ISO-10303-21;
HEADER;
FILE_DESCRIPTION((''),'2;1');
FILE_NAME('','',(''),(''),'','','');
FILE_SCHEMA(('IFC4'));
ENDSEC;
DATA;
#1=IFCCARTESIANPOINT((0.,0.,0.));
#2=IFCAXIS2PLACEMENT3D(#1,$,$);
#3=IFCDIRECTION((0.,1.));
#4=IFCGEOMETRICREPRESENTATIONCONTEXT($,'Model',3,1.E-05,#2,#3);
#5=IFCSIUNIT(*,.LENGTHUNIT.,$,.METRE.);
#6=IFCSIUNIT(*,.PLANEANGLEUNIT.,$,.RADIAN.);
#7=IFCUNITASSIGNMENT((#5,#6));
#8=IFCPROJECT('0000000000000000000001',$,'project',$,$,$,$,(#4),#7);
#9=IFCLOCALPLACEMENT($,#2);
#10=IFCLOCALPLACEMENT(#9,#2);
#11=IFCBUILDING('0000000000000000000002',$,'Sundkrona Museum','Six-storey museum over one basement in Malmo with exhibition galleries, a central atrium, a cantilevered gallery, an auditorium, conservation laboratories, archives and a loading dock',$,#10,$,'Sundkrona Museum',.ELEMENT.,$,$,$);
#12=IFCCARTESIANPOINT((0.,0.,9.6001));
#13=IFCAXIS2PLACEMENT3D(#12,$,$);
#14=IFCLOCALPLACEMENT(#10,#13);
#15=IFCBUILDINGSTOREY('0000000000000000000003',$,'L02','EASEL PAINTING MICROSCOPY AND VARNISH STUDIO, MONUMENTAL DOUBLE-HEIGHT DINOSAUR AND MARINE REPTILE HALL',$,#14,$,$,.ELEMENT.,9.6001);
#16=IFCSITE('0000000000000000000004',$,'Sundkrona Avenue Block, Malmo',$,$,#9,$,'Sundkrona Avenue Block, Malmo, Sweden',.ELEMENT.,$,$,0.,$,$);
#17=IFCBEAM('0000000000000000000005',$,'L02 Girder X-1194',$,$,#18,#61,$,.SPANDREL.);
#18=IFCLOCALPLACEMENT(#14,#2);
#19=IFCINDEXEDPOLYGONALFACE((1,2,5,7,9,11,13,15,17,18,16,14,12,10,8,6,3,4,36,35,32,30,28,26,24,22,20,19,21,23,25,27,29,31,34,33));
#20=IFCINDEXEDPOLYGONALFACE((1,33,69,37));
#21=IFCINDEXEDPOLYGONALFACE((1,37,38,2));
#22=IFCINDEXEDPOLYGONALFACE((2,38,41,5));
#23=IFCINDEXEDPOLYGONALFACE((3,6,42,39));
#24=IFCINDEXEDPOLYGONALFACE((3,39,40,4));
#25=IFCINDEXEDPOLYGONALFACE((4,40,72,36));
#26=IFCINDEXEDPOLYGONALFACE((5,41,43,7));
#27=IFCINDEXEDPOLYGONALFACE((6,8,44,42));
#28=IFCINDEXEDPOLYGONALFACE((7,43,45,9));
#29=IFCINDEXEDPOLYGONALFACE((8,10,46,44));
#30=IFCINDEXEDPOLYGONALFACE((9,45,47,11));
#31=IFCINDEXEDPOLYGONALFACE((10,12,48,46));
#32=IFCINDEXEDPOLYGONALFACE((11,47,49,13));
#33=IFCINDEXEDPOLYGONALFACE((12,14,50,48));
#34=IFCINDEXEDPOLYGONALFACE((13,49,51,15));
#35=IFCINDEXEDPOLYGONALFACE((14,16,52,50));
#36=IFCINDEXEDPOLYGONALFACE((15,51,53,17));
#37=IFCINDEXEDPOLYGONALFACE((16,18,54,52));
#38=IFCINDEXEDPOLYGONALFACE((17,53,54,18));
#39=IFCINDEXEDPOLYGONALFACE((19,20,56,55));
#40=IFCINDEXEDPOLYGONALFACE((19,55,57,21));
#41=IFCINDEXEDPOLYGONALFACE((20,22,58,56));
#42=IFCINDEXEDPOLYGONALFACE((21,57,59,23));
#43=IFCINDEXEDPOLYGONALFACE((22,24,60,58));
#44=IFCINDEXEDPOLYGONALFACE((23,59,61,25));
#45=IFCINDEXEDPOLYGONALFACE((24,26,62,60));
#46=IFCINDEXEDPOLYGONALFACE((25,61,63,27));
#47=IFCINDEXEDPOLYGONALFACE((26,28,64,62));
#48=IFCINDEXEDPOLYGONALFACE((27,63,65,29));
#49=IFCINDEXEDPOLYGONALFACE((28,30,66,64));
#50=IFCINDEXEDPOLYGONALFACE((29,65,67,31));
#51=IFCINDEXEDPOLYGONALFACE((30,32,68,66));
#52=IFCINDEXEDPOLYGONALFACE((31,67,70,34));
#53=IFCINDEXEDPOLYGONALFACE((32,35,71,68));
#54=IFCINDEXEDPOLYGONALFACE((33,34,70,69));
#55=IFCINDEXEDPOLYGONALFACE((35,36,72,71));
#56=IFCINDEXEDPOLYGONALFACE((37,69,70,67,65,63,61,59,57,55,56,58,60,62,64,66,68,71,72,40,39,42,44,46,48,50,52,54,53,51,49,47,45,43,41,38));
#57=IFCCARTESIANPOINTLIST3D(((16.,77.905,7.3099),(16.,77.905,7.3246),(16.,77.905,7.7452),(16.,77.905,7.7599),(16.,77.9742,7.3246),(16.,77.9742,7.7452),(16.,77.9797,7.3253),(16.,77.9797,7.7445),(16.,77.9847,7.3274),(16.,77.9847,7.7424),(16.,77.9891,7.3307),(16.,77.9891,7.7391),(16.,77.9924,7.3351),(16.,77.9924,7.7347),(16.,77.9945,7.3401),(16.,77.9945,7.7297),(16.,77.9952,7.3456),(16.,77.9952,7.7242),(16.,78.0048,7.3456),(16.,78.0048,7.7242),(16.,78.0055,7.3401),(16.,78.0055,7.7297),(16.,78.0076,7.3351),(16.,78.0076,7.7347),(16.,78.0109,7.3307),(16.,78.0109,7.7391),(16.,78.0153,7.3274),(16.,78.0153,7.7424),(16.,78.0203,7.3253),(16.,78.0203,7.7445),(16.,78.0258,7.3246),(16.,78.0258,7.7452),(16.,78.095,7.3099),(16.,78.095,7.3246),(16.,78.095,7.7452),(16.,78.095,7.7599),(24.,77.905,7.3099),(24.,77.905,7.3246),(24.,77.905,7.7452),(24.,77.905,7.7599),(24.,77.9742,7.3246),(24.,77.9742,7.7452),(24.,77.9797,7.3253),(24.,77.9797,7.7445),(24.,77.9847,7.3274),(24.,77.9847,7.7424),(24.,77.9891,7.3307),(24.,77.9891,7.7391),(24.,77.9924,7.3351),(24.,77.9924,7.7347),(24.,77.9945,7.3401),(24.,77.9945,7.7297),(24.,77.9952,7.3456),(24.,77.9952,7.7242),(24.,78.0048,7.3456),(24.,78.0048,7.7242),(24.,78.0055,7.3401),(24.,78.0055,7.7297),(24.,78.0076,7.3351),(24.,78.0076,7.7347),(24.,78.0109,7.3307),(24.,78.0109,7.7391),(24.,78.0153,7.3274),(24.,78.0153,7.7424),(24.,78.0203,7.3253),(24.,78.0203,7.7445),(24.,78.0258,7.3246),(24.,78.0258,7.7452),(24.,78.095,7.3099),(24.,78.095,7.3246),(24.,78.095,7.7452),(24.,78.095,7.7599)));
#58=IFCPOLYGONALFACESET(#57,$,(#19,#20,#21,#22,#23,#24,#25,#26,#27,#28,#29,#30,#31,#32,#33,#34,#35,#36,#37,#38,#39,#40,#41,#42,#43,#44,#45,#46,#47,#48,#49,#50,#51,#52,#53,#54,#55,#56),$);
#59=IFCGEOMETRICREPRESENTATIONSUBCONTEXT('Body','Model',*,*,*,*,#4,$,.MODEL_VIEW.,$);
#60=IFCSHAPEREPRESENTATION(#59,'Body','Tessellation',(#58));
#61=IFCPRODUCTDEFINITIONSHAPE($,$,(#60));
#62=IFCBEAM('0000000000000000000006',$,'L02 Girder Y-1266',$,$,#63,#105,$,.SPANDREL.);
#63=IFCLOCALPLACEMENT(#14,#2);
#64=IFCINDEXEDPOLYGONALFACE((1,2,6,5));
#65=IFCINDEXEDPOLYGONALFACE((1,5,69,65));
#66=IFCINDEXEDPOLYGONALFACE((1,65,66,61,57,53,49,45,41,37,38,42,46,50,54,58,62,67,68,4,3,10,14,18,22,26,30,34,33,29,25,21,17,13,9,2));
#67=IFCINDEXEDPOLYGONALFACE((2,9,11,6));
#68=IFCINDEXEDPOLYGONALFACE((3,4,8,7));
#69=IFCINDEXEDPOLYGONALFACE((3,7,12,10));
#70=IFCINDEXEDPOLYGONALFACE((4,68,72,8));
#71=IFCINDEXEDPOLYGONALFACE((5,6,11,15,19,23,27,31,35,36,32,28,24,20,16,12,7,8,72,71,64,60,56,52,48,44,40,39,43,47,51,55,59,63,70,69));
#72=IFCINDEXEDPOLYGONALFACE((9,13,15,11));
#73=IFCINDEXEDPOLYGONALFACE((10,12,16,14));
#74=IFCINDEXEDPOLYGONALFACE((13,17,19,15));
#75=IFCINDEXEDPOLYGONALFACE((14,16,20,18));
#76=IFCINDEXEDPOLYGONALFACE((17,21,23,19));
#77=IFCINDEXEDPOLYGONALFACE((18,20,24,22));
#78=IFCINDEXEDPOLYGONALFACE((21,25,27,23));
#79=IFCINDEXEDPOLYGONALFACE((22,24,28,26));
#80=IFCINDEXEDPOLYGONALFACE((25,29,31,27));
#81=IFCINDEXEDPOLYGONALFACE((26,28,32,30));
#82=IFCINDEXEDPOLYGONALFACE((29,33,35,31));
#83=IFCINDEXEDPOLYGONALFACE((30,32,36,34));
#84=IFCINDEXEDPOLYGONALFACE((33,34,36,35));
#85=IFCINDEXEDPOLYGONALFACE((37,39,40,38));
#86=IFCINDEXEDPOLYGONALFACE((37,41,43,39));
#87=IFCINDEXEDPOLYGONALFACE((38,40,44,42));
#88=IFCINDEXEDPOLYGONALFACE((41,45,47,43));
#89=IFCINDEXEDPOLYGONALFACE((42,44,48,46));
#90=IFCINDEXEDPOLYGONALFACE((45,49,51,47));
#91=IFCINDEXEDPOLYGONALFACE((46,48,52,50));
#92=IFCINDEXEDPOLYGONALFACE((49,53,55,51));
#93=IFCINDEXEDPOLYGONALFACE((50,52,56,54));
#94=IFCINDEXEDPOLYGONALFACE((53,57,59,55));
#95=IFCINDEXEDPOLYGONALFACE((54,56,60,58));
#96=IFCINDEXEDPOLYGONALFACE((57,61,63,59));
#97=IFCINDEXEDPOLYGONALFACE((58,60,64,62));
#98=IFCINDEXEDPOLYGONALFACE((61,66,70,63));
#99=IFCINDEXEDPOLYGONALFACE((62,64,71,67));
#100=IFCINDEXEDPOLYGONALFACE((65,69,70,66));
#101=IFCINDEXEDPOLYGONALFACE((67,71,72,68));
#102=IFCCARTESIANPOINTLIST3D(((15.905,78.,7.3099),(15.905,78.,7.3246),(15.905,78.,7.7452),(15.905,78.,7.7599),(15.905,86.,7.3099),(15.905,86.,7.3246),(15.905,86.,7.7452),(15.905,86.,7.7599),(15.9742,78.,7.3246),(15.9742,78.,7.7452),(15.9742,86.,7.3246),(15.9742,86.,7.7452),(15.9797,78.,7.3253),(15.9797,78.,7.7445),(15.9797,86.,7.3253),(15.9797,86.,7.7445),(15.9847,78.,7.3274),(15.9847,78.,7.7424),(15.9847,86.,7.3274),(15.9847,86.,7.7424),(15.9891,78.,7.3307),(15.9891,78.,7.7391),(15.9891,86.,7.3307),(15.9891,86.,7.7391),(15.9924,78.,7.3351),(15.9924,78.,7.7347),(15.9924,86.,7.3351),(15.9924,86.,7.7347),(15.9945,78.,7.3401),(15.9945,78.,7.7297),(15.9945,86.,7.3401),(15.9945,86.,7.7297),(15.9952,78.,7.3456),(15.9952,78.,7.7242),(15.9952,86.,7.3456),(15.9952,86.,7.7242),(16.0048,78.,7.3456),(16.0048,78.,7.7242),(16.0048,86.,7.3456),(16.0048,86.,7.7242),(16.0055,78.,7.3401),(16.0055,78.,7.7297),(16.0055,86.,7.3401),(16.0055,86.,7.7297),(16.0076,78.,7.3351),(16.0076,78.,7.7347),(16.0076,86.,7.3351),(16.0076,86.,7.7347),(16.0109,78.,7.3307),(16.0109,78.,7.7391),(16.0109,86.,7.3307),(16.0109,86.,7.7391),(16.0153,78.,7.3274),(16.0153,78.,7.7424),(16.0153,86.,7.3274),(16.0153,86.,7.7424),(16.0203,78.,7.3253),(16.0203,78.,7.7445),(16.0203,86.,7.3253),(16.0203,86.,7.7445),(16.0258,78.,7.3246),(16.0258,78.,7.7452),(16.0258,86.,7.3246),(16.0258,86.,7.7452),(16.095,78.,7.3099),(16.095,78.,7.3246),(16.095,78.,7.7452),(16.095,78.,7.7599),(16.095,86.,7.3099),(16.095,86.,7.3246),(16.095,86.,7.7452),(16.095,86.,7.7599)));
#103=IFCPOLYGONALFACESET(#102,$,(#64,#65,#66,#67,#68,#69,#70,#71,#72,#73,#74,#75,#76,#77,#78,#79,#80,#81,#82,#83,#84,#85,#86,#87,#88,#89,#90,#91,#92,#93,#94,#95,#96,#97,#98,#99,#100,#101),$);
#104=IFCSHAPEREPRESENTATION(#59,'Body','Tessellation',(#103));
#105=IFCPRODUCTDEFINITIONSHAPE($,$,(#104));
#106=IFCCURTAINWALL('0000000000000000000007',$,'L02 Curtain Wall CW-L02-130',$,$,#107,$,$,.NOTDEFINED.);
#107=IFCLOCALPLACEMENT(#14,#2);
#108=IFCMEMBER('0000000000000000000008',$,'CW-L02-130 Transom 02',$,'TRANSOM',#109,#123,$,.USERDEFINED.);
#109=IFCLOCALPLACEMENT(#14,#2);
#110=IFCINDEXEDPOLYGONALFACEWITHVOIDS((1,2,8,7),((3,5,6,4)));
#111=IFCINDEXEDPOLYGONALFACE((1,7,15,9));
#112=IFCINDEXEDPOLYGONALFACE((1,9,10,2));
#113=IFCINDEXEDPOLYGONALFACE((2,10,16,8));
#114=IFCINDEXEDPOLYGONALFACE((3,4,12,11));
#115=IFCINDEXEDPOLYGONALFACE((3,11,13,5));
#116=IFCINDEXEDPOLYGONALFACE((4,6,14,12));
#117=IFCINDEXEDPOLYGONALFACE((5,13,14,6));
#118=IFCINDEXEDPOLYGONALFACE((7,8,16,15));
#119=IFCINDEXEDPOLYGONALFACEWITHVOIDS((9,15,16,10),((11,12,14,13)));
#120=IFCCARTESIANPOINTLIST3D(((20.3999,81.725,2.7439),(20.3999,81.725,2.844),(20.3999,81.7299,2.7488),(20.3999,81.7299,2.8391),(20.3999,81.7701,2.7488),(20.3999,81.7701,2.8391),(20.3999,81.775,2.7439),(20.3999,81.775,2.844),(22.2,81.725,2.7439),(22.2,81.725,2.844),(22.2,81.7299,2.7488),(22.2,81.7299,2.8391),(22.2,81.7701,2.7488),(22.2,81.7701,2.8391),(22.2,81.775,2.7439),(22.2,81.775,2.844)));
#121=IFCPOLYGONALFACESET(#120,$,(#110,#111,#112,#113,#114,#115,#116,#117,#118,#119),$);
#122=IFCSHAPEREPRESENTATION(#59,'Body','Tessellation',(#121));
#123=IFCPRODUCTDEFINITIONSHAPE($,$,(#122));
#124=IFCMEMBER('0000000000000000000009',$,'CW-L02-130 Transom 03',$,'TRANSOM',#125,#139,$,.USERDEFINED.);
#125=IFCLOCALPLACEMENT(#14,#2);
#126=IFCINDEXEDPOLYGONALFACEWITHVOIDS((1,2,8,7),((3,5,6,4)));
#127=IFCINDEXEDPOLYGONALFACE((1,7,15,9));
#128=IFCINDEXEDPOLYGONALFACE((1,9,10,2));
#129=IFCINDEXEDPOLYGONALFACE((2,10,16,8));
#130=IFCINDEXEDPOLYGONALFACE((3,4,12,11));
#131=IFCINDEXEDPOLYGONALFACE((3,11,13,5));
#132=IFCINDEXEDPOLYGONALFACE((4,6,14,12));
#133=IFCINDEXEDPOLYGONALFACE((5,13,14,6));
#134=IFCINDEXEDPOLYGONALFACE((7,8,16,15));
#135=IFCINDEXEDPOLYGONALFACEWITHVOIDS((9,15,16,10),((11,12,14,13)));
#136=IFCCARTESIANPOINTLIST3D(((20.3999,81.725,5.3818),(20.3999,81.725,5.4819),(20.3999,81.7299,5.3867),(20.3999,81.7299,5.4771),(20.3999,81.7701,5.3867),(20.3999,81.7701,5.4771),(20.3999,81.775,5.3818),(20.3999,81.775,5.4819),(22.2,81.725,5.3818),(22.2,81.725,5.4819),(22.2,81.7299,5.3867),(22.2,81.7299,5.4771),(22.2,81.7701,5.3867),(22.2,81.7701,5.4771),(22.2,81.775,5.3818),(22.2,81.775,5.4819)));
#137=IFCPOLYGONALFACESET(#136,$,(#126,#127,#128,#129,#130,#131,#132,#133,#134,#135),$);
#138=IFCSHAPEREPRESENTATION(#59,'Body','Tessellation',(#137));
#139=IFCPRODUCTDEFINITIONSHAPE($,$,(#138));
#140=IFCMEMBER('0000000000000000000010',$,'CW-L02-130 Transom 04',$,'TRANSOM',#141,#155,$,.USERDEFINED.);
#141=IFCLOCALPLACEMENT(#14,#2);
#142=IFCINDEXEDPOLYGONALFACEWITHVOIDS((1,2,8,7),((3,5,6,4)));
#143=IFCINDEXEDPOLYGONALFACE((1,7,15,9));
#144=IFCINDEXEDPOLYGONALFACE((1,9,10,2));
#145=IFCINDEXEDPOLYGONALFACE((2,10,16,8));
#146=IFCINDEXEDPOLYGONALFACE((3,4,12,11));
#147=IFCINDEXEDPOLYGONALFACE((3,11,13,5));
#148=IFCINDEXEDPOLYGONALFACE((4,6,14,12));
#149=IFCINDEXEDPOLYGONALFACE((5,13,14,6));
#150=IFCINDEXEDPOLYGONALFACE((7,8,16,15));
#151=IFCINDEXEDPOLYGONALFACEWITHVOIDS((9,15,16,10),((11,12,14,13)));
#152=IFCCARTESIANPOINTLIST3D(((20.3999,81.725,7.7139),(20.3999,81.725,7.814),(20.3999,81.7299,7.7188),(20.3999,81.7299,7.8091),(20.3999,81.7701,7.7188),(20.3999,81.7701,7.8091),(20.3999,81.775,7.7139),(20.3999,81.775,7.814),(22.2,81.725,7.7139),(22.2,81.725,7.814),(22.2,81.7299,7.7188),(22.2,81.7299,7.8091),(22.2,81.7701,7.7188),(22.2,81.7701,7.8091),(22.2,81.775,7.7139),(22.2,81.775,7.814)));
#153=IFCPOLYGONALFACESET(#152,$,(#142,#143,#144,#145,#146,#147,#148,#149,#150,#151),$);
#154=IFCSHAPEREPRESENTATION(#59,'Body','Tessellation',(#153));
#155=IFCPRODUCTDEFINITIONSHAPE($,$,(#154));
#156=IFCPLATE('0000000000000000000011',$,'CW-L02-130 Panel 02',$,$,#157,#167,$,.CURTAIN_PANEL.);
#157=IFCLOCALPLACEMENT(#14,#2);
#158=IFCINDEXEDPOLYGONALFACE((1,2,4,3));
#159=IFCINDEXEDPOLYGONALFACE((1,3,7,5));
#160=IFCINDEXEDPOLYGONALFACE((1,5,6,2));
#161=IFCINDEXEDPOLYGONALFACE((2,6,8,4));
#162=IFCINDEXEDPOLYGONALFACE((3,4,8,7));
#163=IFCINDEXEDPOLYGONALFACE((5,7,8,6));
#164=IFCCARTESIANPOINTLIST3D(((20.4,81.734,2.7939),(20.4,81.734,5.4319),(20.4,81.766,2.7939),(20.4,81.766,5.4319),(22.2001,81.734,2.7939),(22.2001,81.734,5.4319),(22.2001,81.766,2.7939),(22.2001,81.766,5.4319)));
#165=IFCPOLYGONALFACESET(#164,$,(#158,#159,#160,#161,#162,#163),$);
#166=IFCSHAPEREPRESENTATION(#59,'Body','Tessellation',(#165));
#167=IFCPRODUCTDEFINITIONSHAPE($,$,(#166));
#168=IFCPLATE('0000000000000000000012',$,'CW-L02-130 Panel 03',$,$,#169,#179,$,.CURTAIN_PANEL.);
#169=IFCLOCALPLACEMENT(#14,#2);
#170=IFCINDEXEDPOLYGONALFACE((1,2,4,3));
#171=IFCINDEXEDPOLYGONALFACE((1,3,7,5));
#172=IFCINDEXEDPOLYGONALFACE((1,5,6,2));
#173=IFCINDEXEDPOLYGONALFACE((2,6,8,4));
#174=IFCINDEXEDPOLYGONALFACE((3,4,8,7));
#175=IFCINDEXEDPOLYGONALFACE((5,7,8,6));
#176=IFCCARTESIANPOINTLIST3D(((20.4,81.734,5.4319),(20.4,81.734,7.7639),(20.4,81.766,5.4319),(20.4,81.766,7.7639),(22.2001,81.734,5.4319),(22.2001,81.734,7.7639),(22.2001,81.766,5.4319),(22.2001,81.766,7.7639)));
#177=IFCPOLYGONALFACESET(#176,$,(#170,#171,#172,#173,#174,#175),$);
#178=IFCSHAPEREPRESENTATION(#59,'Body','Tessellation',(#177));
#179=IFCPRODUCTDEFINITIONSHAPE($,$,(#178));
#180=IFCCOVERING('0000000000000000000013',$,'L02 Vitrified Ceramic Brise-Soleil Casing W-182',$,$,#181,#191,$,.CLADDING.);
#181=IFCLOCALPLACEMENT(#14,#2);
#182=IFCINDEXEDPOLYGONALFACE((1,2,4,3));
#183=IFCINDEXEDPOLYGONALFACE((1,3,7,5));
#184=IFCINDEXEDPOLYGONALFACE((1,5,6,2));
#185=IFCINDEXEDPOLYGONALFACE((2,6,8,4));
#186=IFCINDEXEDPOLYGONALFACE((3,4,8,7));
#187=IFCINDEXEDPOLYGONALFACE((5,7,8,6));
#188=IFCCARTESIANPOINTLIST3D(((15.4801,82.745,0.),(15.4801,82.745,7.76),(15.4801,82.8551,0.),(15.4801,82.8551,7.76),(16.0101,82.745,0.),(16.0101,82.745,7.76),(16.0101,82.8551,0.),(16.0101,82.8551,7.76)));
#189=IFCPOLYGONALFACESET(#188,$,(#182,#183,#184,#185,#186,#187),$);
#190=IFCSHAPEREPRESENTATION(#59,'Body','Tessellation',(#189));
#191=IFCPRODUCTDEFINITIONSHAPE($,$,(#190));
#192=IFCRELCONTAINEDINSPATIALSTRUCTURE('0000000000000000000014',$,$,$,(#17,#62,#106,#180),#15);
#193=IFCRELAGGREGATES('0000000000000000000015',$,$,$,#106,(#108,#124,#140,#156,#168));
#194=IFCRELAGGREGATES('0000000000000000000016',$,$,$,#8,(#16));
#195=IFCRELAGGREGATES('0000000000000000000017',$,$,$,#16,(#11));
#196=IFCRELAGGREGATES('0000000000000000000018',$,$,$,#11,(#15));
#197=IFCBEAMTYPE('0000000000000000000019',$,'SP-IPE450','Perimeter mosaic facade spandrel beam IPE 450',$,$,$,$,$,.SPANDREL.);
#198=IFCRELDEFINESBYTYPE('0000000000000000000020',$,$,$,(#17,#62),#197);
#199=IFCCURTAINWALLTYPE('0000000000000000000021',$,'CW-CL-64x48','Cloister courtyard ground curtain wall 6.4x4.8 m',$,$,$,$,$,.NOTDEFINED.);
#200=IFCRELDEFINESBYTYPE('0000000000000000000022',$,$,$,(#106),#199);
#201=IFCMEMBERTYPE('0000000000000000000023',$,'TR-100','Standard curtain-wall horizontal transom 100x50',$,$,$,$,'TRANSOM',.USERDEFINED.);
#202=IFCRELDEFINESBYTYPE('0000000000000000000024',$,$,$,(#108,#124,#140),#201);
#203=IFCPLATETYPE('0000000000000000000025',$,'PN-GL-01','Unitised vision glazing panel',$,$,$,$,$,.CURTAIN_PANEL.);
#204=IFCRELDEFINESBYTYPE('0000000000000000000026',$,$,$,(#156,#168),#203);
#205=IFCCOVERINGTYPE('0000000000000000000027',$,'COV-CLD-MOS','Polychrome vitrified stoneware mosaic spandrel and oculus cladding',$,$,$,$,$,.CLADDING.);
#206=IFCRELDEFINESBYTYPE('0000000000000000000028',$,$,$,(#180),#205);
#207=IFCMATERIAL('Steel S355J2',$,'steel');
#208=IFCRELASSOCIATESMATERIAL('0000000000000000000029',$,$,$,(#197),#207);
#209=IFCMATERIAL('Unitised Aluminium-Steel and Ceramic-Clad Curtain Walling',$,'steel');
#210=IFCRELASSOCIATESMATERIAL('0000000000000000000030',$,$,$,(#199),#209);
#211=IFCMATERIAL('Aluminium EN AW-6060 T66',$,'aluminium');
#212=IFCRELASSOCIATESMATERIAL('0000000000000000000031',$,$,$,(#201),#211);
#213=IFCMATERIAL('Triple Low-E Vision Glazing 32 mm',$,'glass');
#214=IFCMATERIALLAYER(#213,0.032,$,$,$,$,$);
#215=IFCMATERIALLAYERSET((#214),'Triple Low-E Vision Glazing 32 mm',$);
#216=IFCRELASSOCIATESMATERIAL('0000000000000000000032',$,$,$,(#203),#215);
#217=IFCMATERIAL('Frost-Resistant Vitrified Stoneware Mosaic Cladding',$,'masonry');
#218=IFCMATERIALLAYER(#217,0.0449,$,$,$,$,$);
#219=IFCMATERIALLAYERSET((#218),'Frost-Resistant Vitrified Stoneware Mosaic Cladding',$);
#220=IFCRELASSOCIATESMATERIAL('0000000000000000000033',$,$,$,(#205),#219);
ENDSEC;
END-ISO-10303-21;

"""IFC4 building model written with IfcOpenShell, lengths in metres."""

from ifc_helpers import new_model, si_unit, direction, frame, origin, origin_2d, place, context, subcontext, project, spatial, rectangle, hollow_rectangle, i_section, extrude, material, layer, layer_set, material_profile, profile_set, type_object, element, aggregate, save


model = new_model("IFC4")

# Units and contexts
model_context = context("Model", 3, precision=1e-05, world=origin(), true_north=direction((0.0, 1.0)))
body_context = subcontext(model_context, "Body", "Model", "MODEL_VIEW")
ifc_project = project(units=[si_unit("LENGTHUNIT", "METRE"), si_unit("PLANEANGLEUNIT", "RADIAN")], contexts=[model_context])

# Site, building, storey
site_placement = place(None, origin())
site = spatial("IfcSite", under=ifc_project, at=site_placement, Name="Sundkrona Avenue Block, Malmo", LongName="Sundkrona Avenue Block, Malmo, Sweden", CompositionType="ELEMENT", RefElevation=0.0)
building_placement = place(site_placement, origin())
building = spatial("IfcBuilding", under=site, at=building_placement, Name="Sundkrona Museum", Description="Six-storey museum over one basement in Malmo with exhibition galleries, a central atrium, a cantilevered gallery, an auditorium, conservation laboratories, archives and a loading dock", LongName="Sundkrona Museum", CompositionType="ELEMENT")
storey_placement = place(building_placement, frame((0.0, 0.0, 9.6001)))
storey = spatial("IfcBuildingStorey", under=building, at=storey_placement, Name="L02", Description="EASEL PAINTING MICROSCOPY AND VARNISH STUDIO, MONUMENTAL DOUBLE-HEIGHT DINOSAUR AND MARINE REPTILE HALL", CompositionType="ELEMENT", Elevation=9.6001)

# Beams
ifc_material_1 = material(Name="Steel S355J2", Category="steel")
ifc_material_profile_1 = material_profile(ifc_material_1, i_section(OverallWidth=0.1899, OverallDepth=0.45, WebThickness=0.0095, FlangeThickness=0.0146, FilletRadius=0.021, at=origin_2d()), Name="IPE 450")
ifc_profile_set_1 = profile_set([ifc_material_profile_1], Name="Steel S355J2")
beam_type = type_object("IfcBeamType", Name="SP-IPE450", Description="Perimeter mosaic facade spandrel beam IPE 450", PredefinedType="SPANDREL", material=ifc_profile_set_1)
for number, where, z_axis, x_axis, name in (
    (1, (16.0, 78.0, 7.5349), (1.0, 0.0, 0.0), (0.0, 1.0, 0.0), "L02 Girder X-1194"),
    (2, (16.0, 78.0, 7.5349), (0.0, 1.0, 0.0), (-1.0, 0.0, 0.0), "L02 Girder Y-1266"),
):
    element("IfcBeam", number, at=place(storey_placement, frame(where, z_axis=z_axis, x_axis=x_axis)), inside=storey, type_object=beam_type, Name=name, PredefinedType="SPANDREL", context=body_context, shape_type="SweptSolid", body=[
        extrude(i_section(OverallWidth=0.1899, OverallDepth=0.45, WebThickness=0.0095, FlangeThickness=0.0146, FilletRadius=0.021, at=origin_2d()), origin(), (0.0, 0.0, 1.0), 8.0),
    ])

# Curtain wall, members, plates
ifc_material_2 = material(Name="Unitised Aluminium-Steel and Ceramic-Clad Curtain Walling", Category="steel")
curtain_wall_type = type_object("IfcCurtainWallType", Name="CW-CL-64x48", Description="Cloister courtyard ground curtain wall 6.4x4.8 m", PredefinedType="NOTDEFINED", material=ifc_material_2)
curtain_wall_placement = place(storey_placement, origin())
curtain_wall = element("IfcCurtainWall", 3, at=curtain_wall_placement, inside=storey, type_object=curtain_wall_type, Name="L02 Curtain Wall CW-L02-130", PredefinedType="NOTDEFINED")
ifc_material_3 = material(Name="Aluminium EN AW-6060 T66", Category="aluminium")
ifc_material_profile_2 = material_profile(ifc_material_3, hollow_rectangle(XDim=0.05, YDim=0.1001, WallThickness=0.0049, at=origin_2d()), Name="RHS 100x50x5.0")
ifc_profile_set_2 = profile_set([ifc_material_profile_2], Name="Aluminium EN AW-6060 T66")
member_type = type_object("IfcMemberType", Name="TR-100", Description="Standard curtain-wall horizontal transom 100x50", ElementType="TRANSOM", PredefinedType="USERDEFINED", material=ifc_profile_set_2)
member_1_placement = place(storey_placement, frame((20.3999, 81.75, 2.7939), z_axis=(1.0, 0.0, 0.0), x_axis=(0.0, 1.0, 0.0)))
member_1 = element("IfcMember", 4, at=member_1_placement, type_object=member_type, Name="CW-L02-130 Transom 02", ObjectType="TRANSOM", PredefinedType="USERDEFINED", context=body_context, shape_type="SweptSolid", body=[
    extrude(hollow_rectangle(XDim=0.05, YDim=0.1001, WallThickness=0.0049, at=origin_2d()), origin(), (0.0, 0.0, 1.0), 1.8),
])
member_2_placement = place(storey_placement, frame((20.3999, 81.75, 5.4319), z_axis=(1.0, 0.0, 0.0), x_axis=(0.0, 1.0, 0.0)))
member_2 = element("IfcMember", 5, at=member_2_placement, type_object=member_type, Name="CW-L02-130 Transom 03", ObjectType="TRANSOM", PredefinedType="USERDEFINED", context=body_context, shape_type="SweptSolid", body=[
    extrude(hollow_rectangle(XDim=0.05, YDim=0.1001, WallThickness=0.0049, at=origin_2d()), origin(), (0.0, 0.0, 1.0), 1.8),
])
member_3_placement = place(storey_placement, frame((20.3999, 81.75, 7.7639), z_axis=(1.0, 0.0, 0.0), x_axis=(0.0, 1.0, 0.0)))
member_3 = element("IfcMember", 6, at=member_3_placement, type_object=member_type, Name="CW-L02-130 Transom 04", ObjectType="TRANSOM", PredefinedType="USERDEFINED", context=body_context, shape_type="SweptSolid", body=[
    extrude(hollow_rectangle(XDim=0.05, YDim=0.1001, WallThickness=0.0049, at=origin_2d()), origin(), (0.0, 0.0, 1.0), 1.8),
])
ifc_material_4 = material(Name="Triple Low-E Vision Glazing 32 mm", Category="glass")
ifc_layer_1 = layer(ifc_material_4, 0.032)
ifc_layer_set_1 = layer_set([ifc_layer_1], Name="Triple Low-E Vision Glazing 32 mm")
plate_type = type_object("IfcPlateType", Name="PN-GL-01", Description="Unitised vision glazing panel", PredefinedType="CURTAIN_PANEL", material=ifc_layer_set_1)
plate_1_placement = place(storey_placement, frame((21.3, 81.75, 2.7939), z_axis=(0.0, 0.0, 1.0), x_axis=(1.0, 0.0, 0.0)))
plate_1 = element("IfcPlate", 7, at=plate_1_placement, type_object=plate_type, Name="CW-L02-130 Panel 02", PredefinedType="CURTAIN_PANEL", context=body_context, shape_type="SweptSolid", body=[
    extrude(rectangle(XDim=1.8, YDim=0.032, at=origin_2d()), origin(), (0.0, 0.0, 1.0), 2.6379),
])
plate_2_placement = place(storey_placement, frame((21.3, 81.75, 5.4319), z_axis=(0.0, 0.0, 1.0), x_axis=(1.0, 0.0, 0.0)))
plate_2 = element("IfcPlate", 8, at=plate_2_placement, type_object=plate_type, Name="CW-L02-130 Panel 03", PredefinedType="CURTAIN_PANEL", context=body_context, shape_type="SweptSolid", body=[
    extrude(rectangle(XDim=1.8, YDim=0.032, at=origin_2d()), origin(), (0.0, 0.0, 1.0), 2.332),
])
aggregate(curtain_wall, [member_1, member_2, member_3, plate_1, plate_2])

# Covering
ifc_material_5 = material(Name="Frost-Resistant Vitrified Stoneware Mosaic Cladding", Category="masonry")
ifc_layer_2 = layer(ifc_material_5, 0.0449)
ifc_layer_set_2 = layer_set([ifc_layer_2], Name="Frost-Resistant Vitrified Stoneware Mosaic Cladding")
covering_type = type_object("IfcCoveringType", Name="COV-CLD-MOS", Description="Polychrome vitrified stoneware mosaic spandrel and oculus cladding", PredefinedType="CLADDING", material=ifc_layer_set_2)
covering_placement = place(storey_placement, frame((15.7451, 82.8, 0.0), z_axis=(0.0, 0.0, 1.0), x_axis=(1.0, 0.0, 0.0)))
element("IfcCovering", 9, at=covering_placement, inside=storey, type_object=covering_type, Name="L02 Vitrified Ceramic Brise-Soleil Casing W-182", PredefinedType="CLADDING", context=body_context, shape_type="SweptSolid", body=[
    extrude(rectangle(XDim=0.53, YDim=0.1101, at=origin_2d()), origin(), (0.0, 0.0, 1.0), 7.76),
])

save(model, "model.ifc")
